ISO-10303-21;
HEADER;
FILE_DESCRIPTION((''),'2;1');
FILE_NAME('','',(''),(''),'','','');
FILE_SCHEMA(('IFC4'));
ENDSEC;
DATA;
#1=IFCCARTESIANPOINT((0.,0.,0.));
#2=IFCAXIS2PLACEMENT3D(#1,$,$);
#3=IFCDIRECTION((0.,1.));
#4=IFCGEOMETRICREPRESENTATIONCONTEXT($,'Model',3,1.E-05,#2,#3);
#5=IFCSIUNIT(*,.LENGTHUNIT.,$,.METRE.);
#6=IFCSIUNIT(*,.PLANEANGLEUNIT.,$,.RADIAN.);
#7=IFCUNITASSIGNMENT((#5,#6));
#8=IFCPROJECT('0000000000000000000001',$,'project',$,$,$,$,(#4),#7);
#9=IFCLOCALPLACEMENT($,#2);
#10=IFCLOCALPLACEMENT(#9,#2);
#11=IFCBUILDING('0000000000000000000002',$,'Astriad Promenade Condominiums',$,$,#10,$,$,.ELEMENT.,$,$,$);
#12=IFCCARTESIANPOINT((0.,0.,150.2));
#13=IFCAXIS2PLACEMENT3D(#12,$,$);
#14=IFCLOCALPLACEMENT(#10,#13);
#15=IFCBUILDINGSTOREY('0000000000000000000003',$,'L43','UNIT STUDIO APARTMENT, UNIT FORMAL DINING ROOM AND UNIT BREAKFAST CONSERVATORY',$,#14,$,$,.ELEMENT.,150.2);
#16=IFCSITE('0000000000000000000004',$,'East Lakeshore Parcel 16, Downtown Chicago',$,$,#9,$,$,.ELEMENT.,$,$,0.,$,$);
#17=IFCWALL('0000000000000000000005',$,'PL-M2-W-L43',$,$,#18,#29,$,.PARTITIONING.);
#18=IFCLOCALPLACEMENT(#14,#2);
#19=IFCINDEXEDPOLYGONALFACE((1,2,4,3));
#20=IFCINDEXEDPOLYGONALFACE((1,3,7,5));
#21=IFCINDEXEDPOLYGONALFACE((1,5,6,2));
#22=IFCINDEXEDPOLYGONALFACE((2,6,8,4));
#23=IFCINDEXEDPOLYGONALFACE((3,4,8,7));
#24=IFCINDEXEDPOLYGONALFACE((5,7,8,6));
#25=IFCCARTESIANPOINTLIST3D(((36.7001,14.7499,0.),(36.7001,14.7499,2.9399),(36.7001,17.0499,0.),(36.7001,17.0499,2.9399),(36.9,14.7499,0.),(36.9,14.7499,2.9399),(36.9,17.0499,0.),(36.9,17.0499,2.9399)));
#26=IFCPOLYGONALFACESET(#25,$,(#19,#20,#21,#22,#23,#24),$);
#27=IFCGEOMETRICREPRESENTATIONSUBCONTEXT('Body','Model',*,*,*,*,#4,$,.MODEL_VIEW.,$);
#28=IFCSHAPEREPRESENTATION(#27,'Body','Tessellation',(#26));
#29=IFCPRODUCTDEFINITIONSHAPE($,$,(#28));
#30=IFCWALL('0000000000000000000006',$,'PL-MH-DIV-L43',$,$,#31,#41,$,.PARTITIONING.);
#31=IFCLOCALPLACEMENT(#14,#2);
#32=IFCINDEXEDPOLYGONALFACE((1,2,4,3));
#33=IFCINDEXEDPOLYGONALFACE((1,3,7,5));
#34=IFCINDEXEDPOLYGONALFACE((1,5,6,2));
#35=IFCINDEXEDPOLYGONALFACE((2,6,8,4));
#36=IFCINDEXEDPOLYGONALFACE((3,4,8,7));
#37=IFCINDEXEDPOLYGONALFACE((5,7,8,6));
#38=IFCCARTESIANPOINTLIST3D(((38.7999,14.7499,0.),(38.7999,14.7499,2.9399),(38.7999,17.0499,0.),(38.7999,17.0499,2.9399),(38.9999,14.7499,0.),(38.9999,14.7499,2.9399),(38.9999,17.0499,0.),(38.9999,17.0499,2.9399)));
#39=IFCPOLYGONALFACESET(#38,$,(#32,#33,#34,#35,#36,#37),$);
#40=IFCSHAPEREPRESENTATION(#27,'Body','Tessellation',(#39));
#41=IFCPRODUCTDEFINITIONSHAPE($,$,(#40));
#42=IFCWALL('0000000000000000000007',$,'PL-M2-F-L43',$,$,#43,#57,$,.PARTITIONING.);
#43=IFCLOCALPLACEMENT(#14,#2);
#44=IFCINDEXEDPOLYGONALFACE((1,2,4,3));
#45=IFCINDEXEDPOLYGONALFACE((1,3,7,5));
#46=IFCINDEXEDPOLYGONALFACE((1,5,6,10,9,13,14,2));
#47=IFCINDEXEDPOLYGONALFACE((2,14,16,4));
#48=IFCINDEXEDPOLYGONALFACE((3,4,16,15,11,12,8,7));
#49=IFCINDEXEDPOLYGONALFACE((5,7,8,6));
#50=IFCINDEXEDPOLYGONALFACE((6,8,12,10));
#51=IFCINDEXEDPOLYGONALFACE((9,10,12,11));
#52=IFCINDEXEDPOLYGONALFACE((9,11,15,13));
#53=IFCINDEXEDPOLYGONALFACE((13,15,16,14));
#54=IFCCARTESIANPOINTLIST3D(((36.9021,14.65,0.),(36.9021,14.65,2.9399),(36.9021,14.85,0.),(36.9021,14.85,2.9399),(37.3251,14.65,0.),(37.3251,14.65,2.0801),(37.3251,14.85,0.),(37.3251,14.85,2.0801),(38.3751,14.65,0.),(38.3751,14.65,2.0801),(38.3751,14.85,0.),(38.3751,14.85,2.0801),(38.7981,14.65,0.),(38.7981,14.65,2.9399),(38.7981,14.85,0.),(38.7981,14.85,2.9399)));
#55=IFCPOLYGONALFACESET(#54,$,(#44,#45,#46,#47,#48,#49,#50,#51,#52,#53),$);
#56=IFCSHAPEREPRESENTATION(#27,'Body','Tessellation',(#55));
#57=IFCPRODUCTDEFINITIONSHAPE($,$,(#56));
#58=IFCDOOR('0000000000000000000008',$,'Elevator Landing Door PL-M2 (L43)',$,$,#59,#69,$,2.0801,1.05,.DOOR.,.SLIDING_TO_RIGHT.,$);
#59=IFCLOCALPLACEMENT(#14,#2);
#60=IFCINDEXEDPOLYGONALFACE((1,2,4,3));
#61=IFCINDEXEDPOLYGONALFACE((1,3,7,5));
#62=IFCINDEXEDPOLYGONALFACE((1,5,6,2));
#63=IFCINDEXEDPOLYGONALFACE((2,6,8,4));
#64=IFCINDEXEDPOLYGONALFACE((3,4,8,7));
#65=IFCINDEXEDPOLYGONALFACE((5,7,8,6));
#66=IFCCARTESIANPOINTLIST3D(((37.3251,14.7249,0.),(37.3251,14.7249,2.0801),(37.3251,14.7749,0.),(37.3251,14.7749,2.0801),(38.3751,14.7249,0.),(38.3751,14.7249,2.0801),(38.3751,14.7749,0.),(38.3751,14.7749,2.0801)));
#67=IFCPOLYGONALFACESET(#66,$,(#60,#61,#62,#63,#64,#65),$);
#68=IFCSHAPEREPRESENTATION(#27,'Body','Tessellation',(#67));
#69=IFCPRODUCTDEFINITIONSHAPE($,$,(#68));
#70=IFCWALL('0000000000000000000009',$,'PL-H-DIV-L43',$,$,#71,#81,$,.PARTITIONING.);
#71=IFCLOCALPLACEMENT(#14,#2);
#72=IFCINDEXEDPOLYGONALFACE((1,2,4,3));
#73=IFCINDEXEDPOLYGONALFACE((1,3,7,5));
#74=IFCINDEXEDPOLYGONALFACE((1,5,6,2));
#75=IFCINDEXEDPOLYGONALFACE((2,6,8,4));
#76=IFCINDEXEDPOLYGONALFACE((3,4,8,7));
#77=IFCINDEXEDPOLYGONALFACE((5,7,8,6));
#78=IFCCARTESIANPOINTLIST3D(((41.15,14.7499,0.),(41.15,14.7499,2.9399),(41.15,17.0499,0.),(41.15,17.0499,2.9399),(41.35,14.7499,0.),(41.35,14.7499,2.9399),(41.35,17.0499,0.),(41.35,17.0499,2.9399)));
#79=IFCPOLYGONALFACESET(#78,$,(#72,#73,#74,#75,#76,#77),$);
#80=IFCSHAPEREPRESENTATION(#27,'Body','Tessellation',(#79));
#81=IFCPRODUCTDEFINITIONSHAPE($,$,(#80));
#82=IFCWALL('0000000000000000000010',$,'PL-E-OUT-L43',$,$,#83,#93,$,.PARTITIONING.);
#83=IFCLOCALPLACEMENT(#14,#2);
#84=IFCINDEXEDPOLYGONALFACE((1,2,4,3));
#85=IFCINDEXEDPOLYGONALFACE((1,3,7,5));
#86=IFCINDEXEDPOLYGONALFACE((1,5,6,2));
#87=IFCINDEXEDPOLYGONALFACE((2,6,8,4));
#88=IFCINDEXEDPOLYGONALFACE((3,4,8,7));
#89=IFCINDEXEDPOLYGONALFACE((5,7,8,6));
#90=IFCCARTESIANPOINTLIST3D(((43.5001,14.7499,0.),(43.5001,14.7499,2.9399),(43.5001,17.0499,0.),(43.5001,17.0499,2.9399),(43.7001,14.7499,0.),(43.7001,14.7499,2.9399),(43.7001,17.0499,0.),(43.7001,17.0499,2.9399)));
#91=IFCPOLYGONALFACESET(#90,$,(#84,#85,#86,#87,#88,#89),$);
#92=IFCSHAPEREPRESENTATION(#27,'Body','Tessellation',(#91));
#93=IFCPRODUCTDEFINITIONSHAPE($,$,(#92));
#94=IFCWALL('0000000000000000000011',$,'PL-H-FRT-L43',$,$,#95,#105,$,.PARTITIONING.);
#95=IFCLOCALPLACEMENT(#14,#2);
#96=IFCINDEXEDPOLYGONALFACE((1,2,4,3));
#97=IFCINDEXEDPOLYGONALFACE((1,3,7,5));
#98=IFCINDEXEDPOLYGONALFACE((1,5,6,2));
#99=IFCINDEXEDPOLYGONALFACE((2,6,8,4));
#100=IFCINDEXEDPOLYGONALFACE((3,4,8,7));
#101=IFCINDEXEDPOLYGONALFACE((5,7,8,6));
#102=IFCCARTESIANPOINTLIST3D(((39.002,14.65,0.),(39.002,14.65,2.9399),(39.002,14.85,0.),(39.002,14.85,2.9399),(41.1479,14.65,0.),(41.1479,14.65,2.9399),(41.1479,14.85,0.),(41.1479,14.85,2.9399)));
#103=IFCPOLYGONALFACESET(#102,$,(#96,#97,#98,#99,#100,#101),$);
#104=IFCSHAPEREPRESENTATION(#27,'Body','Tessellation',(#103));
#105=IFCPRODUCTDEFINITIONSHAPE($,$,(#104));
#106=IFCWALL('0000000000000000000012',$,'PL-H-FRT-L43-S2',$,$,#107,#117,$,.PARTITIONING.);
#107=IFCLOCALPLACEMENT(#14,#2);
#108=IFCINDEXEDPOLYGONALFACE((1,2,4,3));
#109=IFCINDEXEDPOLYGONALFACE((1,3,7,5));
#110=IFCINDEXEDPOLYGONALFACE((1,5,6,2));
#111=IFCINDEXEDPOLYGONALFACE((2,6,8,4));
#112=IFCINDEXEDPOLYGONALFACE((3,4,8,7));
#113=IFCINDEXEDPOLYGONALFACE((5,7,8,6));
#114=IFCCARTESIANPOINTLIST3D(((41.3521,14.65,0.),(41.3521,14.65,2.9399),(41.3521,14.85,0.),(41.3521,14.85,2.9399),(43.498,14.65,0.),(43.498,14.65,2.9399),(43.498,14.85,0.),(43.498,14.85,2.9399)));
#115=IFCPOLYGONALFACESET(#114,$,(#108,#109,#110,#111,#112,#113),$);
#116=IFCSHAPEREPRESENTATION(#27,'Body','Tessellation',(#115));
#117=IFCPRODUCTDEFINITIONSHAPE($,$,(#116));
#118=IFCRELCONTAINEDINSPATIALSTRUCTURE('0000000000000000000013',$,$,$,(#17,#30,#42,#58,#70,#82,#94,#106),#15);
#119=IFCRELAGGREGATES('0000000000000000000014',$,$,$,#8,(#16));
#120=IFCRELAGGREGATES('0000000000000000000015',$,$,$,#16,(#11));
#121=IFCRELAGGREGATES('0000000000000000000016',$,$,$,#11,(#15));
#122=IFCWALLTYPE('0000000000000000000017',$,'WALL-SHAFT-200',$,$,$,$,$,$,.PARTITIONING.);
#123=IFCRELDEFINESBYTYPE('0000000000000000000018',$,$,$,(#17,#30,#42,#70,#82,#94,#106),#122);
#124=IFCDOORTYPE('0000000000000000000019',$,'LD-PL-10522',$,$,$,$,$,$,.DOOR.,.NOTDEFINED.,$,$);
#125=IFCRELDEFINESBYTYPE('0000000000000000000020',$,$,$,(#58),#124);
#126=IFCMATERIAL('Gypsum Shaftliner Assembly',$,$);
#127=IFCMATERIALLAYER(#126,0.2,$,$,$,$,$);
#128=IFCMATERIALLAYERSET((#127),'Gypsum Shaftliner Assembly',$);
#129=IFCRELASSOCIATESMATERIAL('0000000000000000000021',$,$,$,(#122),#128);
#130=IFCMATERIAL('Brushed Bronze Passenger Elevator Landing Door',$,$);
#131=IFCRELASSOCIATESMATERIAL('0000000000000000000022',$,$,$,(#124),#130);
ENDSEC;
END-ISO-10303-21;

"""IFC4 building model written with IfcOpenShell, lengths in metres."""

from ifc_helpers import new_model, si_unit, direction, frame, frame_2d, origin, place, context, subcontext, project, spatial, rectangle, extrude, source, transform, mapped, material, layer, layer_set, type_object, type_shapes, element, fill, save


model = new_model("IFC4")

# Units and contexts
model_context = context("Model", 3, precision=1e-05, world=origin(), true_north=direction((0.0, 1.0)))
body_context = subcontext(model_context, "Body", "Model", "MODEL_VIEW")
ifc_project = project(units=[si_unit("LENGTHUNIT", "METRE"), si_unit("PLANEANGLEUNIT", "RADIAN")], contexts=[model_context])

# Site, building, storey
site_placement = place(None, origin())
site = spatial("IfcSite", under=ifc_project, at=site_placement, Name="East Lakeshore Parcel 16, Downtown Chicago", CompositionType="ELEMENT", RefElevation=0.0)
building_placement = place(site_placement, origin())
building = spatial("IfcBuilding", under=site, at=building_placement, Name="Astriad Promenade Condominiums", CompositionType="ELEMENT")
storey_placement = place(building_placement, frame((0.0, 0.0, 150.2)))
storey = spatial("IfcBuildingStorey", under=building, at=storey_placement, Name="L43", Description="UNIT STUDIO APARTMENT, UNIT FORMAL DINING ROOM AND UNIT BREAKFAST CONSERVATORY", CompositionType="ELEMENT", Elevation=150.2)

# Shared definitions
ifc_material_1 = material(Name="Gypsum Shaftliner Assembly")
ifc_layer_1 = layer(ifc_material_1, 0.2)
ifc_layer_set_1 = layer_set([ifc_layer_1], Name="Gypsum Shaftliner Assembly")
wall_type_1 = type_object("IfcWallType", Name="WALL-SHAFT-200", PredefinedType="PARTITIONING", material=ifc_layer_set_1)

# Shared definitions
ifc_material_2 = material(Name="Brushed Bronze Passenger Elevator Landing Door")
door_type = type_object("IfcDoorType", Name="LD-PL-10522", OperationType="NOTDEFINED", PredefinedType="DOOR", material=ifc_material_2)
shared_shape_1 = source(origin(), body_context, "Body", "SweptSolid", [
    extrude(rectangle(XDim=1.05, YDim=2.0801, at=frame_2d((0.5249, 1.04))), frame((0.0, 0.0249, 0.0), z_axis=(0.0, -1.0, 0.0), x_axis=(1.0, 0.0, 0.0)), (0.0, 0.0, 1.0), 0.05),
])
type_shapes(door_type, [shared_shape_1])

# Walls
for number, where, z_axis, x_axis, name in (
    (1, (36.8, 14.75, 0.0), (0.0, 0.0, 1.0), (0.0, 1.0, 0.0), "PL-M2-W-L43"),
    (2, (38.8999, 14.75, 0.0), (0.0, 0.0, 1.0), (0.0, 1.0, 0.0), "PL-MH-DIV-L43"),
):
    element("IfcWall", number, at=place(storey_placement, frame(where, z_axis=z_axis, x_axis=x_axis)), inside=storey, type_object=wall_type_1, Name=name, PredefinedType="PARTITIONING", context=body_context, shape_type="SweptSolid", body=[
        extrude(rectangle(XDim=2.3, YDim=0.2, at=frame_2d((1.1499, 0.0))), origin(), (0.0, 0.0, 1.0), 2.9399),
    ])

# Wall, opening, door
wall_1_placement = place(storey_placement, frame((36.9021, 14.75, 0.0), z_axis=(0.0, 0.0, 1.0), x_axis=(1.0, 0.0, 0.0)))
wall_1 = element("IfcWall", 3, at=wall_1_placement, inside=storey, type_object=wall_type_1, Name="PL-M2-F-L43", PredefinedType="PARTITIONING", context=body_context, shape_type="SweptSolid", body=[
    extrude(rectangle(XDim=1.896, YDim=0.2, at=frame_2d((0.948, 0.0))), origin(), (0.0, 0.0, 1.0), 2.9399),
])
opening_1_placement = place(wall_1_placement, frame((0.4231, 0.0, 0.0)))
opening_1 = element("IfcOpeningElement", 4, at=opening_1_placement, cuts=wall_1, PredefinedType="OPENING", context=body_context, shape_type="SweptSolid", body=[
    extrude(rectangle(XDim=1.05, YDim=2.0801, at=frame_2d((0.5249, 1.04))), frame((0.0, 0.1099, 0.0), z_axis=(0.0, -1.0, 0.0), x_axis=(1.0, 0.0, 0.0)), (0.0, 0.0, 1.0), 0.22),
])
door_1_placement = place(opening_1_placement, origin())
door_1 = element("IfcDoor", 5, at=door_1_placement, inside=storey, type_object=door_type, Name="Elevator Landing Door PL-M2 (L43)", OperationType="SLIDING_TO_RIGHT", OverallHeight=2.0801, OverallWidth=1.05, PredefinedType="DOOR", context=body_context, shape_type="MappedRepresentation", body=[
    mapped(shared_shape_1, transform((0.0, 0.0, 0.0), scale=1.0)),
])
fill(opening_1, door_1)

# Walls
for number, where, z_axis, x_axis, name in (
    (6, (41.25, 14.75, 0.0), (0.0, 0.0, 1.0), (0.0, 1.0, 0.0), "PL-H-DIV-L43"),
    (7, (43.6001, 14.75, 0.0), (0.0, 0.0, 1.0), (0.0, 1.0, 0.0), "PL-E-OUT-L43"),
):
    element("IfcWall", number, at=place(storey_placement, frame(where, z_axis=z_axis, x_axis=x_axis)), inside=storey, type_object=wall_type_1, Name=name, PredefinedType="PARTITIONING", context=body_context, shape_type="SweptSolid", body=[
        extrude(rectangle(XDim=2.3, YDim=0.2, at=frame_2d((1.1499, 0.0))), origin(), (0.0, 0.0, 1.0), 2.9399),
    ])
for number, where, z_axis, x_axis, name in (
    (8, (39.002, 14.75, 0.0), (0.0, 0.0, 1.0), (1.0, 0.0, 0.0), "PL-H-FRT-L43"),
    (9, (41.3521, 14.75, 0.0), (0.0, 0.0, 1.0), (1.0, 0.0, 0.0), "PL-H-FRT-L43-S2"),
):
    element("IfcWall", number, at=place(storey_placement, frame(where, z_axis=z_axis, x_axis=x_axis)), inside=storey, type_object=wall_type_1, Name=name, PredefinedType="PARTITIONING", context=body_context, shape_type="SweptSolid", body=[
        extrude(rectangle(XDim=2.146, YDim=0.2, at=frame_2d((1.073, 0.0))), origin(), (0.0, 0.0, 1.0), 2.9399),
    ])

save(model, "model.ifc")
